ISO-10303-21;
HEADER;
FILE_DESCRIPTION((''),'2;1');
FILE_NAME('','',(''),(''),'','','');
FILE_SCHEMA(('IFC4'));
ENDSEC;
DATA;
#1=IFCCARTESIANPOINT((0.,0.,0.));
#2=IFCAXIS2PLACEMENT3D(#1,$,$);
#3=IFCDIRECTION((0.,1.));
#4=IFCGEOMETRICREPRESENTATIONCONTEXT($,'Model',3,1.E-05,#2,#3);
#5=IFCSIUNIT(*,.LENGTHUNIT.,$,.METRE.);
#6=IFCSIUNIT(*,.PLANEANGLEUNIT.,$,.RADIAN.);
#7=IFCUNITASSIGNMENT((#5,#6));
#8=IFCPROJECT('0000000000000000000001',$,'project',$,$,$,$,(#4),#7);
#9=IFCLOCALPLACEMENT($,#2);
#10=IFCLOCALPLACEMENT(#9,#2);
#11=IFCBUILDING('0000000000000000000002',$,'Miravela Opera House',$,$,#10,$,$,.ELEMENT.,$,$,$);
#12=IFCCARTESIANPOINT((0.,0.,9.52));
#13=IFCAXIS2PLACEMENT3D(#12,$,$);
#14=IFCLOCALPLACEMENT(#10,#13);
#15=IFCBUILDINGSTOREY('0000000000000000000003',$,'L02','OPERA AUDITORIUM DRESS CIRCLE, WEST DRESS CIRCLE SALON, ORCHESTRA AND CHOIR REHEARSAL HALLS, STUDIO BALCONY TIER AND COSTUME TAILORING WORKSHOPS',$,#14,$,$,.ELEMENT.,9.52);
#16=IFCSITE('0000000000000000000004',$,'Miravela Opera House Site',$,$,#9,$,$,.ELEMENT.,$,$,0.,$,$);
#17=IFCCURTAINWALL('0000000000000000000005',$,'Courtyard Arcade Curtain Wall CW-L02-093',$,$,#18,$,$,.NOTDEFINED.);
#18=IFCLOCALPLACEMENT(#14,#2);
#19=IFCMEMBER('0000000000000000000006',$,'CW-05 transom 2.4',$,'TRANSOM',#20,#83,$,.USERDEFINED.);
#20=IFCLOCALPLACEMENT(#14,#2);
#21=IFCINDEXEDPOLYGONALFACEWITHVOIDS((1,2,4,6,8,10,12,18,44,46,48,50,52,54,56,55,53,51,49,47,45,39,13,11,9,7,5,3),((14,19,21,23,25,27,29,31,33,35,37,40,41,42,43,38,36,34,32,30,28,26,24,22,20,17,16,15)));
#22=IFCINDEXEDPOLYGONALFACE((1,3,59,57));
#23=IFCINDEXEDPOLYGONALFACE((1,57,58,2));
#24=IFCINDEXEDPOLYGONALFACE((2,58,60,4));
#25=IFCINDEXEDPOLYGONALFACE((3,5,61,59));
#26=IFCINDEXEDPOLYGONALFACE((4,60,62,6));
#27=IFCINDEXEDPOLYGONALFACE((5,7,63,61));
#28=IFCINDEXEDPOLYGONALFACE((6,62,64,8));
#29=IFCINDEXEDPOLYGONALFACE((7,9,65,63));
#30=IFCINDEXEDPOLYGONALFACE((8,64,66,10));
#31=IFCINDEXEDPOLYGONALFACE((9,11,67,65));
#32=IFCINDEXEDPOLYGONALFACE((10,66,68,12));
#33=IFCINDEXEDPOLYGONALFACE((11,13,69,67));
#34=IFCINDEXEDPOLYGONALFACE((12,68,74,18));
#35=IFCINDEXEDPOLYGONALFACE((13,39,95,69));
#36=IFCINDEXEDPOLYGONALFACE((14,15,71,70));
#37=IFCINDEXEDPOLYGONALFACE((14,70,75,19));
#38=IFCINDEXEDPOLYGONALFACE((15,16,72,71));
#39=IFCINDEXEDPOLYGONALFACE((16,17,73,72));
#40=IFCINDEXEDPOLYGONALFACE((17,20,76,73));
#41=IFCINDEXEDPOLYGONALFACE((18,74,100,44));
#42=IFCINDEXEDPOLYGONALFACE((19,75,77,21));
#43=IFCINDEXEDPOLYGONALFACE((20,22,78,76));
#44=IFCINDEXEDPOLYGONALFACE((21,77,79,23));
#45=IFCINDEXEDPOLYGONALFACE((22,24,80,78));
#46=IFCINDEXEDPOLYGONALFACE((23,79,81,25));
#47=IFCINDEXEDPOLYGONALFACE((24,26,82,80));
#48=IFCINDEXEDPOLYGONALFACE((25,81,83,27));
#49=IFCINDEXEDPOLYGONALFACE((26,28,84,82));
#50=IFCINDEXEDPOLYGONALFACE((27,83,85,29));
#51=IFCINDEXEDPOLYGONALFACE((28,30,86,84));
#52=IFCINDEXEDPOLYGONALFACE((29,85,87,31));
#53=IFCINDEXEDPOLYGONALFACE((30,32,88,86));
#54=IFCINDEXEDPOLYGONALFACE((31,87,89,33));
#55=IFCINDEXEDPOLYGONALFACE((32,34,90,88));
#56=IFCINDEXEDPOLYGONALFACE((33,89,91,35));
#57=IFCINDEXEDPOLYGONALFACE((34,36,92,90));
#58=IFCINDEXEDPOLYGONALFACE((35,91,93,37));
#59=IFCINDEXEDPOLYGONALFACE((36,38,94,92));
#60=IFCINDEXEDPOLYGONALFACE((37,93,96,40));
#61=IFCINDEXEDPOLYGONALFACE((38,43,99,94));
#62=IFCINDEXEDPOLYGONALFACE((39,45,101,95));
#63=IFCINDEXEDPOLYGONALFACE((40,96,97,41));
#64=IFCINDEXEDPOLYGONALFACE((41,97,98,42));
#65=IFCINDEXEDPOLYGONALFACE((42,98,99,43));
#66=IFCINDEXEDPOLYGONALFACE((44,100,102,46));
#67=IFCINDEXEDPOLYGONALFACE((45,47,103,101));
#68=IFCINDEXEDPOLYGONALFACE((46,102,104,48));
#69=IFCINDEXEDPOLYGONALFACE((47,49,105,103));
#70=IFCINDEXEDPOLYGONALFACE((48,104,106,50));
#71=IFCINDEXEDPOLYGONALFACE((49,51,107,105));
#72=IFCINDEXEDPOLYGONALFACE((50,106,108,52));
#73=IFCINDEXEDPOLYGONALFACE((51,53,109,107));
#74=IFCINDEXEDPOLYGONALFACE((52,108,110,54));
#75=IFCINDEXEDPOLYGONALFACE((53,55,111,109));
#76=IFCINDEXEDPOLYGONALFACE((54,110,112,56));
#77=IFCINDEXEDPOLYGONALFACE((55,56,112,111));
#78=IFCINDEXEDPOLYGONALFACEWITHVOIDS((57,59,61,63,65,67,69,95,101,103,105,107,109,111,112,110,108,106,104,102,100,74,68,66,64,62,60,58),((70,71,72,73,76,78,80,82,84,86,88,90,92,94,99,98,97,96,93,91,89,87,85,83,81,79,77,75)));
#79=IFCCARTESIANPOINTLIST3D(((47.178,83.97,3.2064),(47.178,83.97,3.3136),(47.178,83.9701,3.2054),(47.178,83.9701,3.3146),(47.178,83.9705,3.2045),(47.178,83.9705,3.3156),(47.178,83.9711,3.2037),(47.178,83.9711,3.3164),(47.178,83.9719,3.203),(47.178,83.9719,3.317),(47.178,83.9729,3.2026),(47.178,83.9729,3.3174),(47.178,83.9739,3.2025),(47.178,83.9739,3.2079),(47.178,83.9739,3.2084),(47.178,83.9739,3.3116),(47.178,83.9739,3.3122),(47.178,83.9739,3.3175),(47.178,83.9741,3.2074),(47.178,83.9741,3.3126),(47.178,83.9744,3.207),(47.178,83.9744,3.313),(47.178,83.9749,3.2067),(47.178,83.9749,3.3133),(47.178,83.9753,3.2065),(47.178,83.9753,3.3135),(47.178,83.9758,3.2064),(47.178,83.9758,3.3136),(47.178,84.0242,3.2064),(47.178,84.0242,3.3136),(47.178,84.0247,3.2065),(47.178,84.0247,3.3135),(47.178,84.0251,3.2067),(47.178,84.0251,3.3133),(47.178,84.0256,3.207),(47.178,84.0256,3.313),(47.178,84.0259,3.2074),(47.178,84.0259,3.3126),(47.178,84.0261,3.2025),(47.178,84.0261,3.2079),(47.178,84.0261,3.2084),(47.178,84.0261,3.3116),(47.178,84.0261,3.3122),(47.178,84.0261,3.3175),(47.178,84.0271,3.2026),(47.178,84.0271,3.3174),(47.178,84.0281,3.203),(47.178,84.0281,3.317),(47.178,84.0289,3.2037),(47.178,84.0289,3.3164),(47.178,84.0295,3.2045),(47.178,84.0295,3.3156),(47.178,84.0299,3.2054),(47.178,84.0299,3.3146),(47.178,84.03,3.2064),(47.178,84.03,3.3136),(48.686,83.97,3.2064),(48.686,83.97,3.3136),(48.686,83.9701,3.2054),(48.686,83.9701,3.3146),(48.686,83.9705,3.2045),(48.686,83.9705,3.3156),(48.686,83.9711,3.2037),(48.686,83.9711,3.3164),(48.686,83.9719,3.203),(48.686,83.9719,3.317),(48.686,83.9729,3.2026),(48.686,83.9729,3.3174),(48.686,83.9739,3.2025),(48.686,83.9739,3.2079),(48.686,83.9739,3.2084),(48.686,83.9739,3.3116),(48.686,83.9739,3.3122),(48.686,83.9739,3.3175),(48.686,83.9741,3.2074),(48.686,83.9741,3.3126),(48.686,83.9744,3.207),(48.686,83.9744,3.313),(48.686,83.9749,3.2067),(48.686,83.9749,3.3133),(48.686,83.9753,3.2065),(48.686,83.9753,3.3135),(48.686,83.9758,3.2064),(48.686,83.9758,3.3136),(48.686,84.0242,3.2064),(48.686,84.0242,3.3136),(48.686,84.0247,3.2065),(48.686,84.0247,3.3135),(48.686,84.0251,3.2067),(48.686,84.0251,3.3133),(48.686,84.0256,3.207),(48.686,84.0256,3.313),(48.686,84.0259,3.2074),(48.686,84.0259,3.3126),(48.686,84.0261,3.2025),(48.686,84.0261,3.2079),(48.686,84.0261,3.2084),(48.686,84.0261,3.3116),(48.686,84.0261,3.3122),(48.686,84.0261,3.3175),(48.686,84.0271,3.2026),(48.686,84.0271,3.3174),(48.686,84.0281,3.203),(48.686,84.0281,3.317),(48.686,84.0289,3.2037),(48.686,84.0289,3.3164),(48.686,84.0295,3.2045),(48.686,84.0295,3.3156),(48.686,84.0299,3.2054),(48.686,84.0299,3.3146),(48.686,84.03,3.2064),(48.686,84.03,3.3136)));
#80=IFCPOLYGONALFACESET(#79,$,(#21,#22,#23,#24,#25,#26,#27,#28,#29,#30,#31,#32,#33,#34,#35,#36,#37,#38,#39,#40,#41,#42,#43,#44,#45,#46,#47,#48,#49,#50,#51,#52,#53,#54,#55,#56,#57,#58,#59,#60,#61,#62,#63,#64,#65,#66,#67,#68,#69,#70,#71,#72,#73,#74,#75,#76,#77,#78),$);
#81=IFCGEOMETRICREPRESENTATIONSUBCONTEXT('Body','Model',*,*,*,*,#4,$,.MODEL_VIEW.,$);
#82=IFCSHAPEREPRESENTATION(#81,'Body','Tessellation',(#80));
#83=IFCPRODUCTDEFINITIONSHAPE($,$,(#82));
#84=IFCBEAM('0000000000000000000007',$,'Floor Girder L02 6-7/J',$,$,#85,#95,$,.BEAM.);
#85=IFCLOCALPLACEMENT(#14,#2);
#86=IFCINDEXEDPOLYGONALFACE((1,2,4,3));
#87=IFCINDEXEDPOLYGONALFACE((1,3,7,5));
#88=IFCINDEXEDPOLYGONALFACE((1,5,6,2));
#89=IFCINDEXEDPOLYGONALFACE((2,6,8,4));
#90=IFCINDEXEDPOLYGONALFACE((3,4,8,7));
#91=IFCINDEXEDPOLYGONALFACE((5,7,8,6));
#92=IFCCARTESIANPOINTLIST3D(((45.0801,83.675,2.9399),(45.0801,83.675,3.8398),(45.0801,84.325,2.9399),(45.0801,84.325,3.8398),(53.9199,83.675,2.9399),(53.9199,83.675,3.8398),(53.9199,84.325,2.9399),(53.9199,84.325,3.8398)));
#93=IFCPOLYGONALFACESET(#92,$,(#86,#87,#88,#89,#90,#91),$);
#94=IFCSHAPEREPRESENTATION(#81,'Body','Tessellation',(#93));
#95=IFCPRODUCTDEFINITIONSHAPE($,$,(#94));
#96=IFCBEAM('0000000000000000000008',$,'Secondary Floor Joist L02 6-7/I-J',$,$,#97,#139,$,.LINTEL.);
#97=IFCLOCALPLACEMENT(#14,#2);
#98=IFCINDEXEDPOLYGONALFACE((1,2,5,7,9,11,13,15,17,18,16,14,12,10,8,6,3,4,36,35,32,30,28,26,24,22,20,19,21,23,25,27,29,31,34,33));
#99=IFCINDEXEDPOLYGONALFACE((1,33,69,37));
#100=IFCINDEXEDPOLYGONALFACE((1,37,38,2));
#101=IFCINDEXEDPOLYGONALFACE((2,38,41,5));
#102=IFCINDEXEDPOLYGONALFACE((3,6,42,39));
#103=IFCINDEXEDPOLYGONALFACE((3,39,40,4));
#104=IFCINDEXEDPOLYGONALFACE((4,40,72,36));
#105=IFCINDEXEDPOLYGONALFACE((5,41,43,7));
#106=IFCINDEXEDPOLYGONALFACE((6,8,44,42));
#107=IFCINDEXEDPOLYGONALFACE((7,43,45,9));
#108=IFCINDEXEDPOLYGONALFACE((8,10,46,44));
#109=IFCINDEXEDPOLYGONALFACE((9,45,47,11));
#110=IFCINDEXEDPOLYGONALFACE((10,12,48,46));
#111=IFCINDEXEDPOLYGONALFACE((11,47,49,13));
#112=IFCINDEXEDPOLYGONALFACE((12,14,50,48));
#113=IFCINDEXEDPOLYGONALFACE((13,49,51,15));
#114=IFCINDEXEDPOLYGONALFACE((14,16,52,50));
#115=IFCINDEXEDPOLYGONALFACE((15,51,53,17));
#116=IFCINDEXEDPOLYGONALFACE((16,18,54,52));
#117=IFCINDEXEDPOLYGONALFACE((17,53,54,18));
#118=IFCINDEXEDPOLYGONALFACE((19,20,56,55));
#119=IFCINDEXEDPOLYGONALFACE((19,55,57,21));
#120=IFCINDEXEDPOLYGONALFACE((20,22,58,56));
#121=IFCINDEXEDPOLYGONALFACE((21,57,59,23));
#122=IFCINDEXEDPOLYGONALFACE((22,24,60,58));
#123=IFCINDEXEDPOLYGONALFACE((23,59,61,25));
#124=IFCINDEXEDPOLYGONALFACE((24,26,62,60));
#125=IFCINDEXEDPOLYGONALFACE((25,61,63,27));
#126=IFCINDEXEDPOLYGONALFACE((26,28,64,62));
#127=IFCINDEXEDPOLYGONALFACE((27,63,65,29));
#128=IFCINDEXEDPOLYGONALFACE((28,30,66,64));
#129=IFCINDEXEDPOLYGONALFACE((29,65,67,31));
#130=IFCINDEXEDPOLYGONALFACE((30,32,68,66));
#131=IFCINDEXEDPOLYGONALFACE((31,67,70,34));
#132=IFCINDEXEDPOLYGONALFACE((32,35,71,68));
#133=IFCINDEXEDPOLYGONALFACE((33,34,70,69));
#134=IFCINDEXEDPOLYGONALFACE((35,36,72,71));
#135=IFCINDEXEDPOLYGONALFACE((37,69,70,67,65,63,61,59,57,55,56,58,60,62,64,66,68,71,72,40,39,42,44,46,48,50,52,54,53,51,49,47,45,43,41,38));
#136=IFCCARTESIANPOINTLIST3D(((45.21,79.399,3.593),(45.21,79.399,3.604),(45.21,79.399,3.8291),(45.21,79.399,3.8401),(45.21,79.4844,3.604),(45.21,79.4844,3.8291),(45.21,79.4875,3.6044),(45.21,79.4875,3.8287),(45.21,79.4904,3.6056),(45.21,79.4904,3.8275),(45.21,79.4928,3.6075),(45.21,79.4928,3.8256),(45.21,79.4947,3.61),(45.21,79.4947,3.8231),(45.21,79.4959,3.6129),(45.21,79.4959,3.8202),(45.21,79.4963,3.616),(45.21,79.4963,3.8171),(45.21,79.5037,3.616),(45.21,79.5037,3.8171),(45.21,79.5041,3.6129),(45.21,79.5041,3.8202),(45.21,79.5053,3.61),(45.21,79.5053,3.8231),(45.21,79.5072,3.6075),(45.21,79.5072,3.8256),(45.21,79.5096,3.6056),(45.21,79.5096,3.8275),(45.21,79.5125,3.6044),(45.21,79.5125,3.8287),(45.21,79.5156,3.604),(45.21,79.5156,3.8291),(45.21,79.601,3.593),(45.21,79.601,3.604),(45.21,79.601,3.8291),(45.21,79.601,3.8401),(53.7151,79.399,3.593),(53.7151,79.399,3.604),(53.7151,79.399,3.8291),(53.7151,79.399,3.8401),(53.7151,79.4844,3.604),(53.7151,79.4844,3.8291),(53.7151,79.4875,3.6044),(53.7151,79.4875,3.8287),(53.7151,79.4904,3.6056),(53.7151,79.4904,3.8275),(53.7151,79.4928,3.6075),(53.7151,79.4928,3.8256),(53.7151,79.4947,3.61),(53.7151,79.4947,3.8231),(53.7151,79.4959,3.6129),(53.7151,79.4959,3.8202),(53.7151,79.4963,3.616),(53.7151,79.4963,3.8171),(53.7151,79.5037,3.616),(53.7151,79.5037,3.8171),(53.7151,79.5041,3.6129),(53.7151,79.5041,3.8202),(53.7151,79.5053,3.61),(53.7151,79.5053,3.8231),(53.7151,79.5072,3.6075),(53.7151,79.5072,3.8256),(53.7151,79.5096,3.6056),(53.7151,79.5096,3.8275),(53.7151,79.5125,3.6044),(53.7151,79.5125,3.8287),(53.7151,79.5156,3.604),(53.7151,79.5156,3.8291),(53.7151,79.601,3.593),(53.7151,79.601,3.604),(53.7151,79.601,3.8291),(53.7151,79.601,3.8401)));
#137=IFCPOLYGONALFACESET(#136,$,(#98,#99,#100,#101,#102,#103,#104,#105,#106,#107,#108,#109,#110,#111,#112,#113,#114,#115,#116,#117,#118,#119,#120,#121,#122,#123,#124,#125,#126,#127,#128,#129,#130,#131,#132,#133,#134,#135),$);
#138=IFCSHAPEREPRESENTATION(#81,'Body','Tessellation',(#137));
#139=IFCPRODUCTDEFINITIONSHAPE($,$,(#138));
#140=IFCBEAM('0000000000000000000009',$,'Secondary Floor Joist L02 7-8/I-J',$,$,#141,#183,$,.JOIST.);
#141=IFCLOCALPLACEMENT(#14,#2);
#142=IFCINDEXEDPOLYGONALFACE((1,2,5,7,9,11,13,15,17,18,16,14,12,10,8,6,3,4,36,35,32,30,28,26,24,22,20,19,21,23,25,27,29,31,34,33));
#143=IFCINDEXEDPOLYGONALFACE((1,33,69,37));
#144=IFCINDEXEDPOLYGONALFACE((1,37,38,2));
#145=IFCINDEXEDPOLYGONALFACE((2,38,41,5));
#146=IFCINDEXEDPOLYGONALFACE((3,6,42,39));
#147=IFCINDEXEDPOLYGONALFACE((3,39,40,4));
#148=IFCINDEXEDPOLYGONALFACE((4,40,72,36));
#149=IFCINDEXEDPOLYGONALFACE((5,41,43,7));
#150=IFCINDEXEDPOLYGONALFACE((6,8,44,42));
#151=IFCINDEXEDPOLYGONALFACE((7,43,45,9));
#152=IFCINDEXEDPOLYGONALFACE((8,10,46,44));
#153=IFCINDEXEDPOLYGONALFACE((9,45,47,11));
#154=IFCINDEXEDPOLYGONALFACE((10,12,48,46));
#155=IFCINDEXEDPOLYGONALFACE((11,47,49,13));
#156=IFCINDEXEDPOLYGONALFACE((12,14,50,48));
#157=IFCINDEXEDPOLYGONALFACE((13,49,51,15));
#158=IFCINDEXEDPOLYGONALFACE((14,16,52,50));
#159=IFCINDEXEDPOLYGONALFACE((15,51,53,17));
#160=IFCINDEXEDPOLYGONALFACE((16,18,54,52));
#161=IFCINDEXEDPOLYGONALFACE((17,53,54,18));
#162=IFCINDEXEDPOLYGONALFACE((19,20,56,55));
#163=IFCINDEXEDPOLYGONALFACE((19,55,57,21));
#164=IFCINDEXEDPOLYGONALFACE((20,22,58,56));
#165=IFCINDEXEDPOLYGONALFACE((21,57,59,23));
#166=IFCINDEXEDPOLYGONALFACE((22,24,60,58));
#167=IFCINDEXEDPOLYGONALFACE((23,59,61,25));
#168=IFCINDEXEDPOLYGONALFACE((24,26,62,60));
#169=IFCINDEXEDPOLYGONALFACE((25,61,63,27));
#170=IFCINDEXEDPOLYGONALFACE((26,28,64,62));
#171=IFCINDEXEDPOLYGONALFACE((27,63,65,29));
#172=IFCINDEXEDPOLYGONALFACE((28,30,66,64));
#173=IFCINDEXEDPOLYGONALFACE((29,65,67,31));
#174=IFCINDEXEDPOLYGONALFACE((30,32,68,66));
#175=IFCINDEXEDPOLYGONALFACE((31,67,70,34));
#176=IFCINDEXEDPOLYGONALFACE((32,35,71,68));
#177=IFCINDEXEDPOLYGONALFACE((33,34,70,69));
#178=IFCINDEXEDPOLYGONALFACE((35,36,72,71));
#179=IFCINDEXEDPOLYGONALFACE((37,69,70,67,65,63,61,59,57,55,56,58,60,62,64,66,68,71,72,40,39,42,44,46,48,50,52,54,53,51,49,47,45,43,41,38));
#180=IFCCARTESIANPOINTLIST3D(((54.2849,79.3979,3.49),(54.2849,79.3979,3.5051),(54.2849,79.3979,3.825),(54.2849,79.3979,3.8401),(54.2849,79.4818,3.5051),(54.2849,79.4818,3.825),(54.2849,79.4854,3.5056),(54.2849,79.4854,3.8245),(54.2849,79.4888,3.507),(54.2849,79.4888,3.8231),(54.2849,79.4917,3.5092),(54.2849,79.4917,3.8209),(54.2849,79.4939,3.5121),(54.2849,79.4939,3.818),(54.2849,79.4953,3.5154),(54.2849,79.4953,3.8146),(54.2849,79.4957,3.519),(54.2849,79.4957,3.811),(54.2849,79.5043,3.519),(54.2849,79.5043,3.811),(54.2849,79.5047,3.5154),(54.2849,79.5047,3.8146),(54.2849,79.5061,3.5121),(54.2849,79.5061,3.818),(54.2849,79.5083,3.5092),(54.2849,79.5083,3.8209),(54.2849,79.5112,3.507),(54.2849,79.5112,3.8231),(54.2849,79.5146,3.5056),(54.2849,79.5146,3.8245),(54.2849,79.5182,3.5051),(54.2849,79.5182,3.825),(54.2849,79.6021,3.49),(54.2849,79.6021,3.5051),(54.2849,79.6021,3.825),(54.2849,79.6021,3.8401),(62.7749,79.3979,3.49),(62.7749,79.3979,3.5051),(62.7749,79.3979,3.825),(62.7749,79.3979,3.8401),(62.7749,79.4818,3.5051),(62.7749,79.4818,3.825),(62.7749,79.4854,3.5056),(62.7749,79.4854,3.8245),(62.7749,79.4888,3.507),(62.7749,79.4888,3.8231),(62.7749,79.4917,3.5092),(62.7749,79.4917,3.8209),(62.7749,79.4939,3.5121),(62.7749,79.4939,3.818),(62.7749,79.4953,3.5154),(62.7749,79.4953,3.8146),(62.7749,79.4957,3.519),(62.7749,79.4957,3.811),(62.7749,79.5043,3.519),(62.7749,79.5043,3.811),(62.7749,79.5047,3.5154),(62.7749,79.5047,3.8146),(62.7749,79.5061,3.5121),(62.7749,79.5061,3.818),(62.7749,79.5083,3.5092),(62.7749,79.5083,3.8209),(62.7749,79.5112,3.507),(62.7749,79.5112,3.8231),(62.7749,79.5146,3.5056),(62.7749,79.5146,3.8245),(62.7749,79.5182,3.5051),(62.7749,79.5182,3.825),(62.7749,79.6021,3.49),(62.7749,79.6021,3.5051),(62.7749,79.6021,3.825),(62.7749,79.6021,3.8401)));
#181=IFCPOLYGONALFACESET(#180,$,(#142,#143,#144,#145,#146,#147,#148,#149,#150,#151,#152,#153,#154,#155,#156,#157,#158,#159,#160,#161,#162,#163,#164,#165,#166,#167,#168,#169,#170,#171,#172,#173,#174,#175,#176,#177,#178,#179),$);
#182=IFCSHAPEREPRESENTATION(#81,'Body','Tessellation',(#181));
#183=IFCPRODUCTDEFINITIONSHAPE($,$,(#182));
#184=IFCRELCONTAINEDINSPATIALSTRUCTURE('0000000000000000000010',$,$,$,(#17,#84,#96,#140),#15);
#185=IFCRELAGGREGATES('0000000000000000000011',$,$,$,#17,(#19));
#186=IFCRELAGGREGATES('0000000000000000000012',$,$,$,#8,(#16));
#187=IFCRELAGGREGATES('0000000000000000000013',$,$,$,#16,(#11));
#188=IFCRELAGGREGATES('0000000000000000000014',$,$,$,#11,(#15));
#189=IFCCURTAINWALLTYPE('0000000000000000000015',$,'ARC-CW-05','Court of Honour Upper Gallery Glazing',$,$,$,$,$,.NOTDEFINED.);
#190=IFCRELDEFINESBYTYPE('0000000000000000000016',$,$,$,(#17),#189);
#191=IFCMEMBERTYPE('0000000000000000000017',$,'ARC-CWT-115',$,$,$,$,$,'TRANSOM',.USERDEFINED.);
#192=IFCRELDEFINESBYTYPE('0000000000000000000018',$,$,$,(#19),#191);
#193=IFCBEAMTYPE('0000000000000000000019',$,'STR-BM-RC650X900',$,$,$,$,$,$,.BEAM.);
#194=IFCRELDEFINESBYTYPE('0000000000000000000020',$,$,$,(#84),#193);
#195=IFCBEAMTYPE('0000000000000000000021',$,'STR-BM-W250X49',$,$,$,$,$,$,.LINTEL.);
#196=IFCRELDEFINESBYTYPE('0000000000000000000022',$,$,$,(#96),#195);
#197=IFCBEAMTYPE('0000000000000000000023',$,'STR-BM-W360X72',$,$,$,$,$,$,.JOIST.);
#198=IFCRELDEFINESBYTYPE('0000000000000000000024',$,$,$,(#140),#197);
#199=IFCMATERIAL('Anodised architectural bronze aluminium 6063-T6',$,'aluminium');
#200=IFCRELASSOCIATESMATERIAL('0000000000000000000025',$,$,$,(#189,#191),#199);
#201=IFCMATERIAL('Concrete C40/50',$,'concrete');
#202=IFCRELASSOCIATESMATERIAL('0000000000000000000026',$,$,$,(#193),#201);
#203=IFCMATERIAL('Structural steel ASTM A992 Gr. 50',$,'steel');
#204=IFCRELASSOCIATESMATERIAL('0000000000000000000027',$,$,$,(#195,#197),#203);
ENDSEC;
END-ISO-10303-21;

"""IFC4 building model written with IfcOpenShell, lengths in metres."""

from ifc_helpers import new_model, si_unit, direction, frame, origin, origin_2d, place, context, subcontext, project, spatial, rectangle, hollow_rectangle, i_section, extrude, material, material_profile, profile_set, type_object, element, aggregate, save


model = new_model("IFC4")

# Units and contexts
model_context = context("Model", 3, precision=1e-05, world=origin(), true_north=direction((0.0, 1.0)))
body_context = subcontext(model_context, "Body", "Model", "MODEL_VIEW")
ifc_project = project(units=[si_unit("LENGTHUNIT", "METRE"), si_unit("PLANEANGLEUNIT", "RADIAN")], contexts=[model_context])

# Site, building, storey
site_placement = place(None, origin())
site = spatial("IfcSite", under=ifc_project, at=site_placement, Name="Miravela Opera House Site", CompositionType="ELEMENT", RefElevation=0.0)
building_placement = place(site_placement, origin())
building = spatial("IfcBuilding", under=site, at=building_placement, Name="Miravela Opera House", CompositionType="ELEMENT")
storey_placement = place(building_placement, frame((0.0, 0.0, 9.52)))
storey = spatial("IfcBuildingStorey", under=building, at=storey_placement, Name="L02", Description="OPERA AUDITORIUM DRESS CIRCLE, WEST DRESS CIRCLE SALON, ORCHESTRA AND CHOIR REHEARSAL HALLS, STUDIO BALCONY TIER AND COSTUME TAILORING WORKSHOPS", CompositionType="ELEMENT", Elevation=9.52)

# Shared definitions
ifc_material_1 = material(Name="Anodised architectural bronze aluminium 6063-T6", Category="aluminium")
curtain_wall_type = type_object("IfcCurtainWallType", Name="ARC-CW-05", Description="Court of Honour Upper Gallery Glazing", PredefinedType="NOTDEFINED", material=ifc_material_1)

# Curtain wall, member
curtain_wall_1_placement = place(storey_placement, origin())
curtain_wall_1 = element("IfcCurtainWall", 1, at=curtain_wall_1_placement, inside=storey, type_object=curtain_wall_type, Name="Courtyard Arcade Curtain Wall CW-L02-093", PredefinedType="NOTDEFINED")
ifc_material_profile_1 = material_profile(ifc_material_1, hollow_rectangle(XDim=0.0601, YDim=0.115, WallThickness=0.0039, InnerFilletRadius=0.002, OuterFilletRadius=0.0039, at=origin_2d()), Name="CWT-60X115")
ifc_profile_set_1 = profile_set([ifc_material_profile_1])
member_type_1 = type_object("IfcMemberType", Name="ARC-CWT-115", ElementType="TRANSOM", PredefinedType="USERDEFINED", material=ifc_profile_set_1)
member_1_placement = place(storey_placement, frame((47.178, 84.0, 3.26), z_axis=(1.0, 0.0, 0.0), x_axis=(0.0, 1.0, 0.0)))
member_1 = element("IfcMember", 2, at=member_1_placement, type_object=member_type_1, Name="CW-05 transom 2.4", ObjectType="TRANSOM", PredefinedType="USERDEFINED", context=body_context, shape_type="SweptSolid", body=[
    extrude(hollow_rectangle(XDim=0.0601, YDim=0.115, WallThickness=0.0039, InnerFilletRadius=0.002, OuterFilletRadius=0.0039, at=origin_2d()), origin(), (0.0, 0.0, 1.0), 1.5081),
])

# Beams
ifc_material_2 = material(Name="Concrete C40/50", Category="concrete")
ifc_material_profile_2 = material_profile(ifc_material_2, rectangle(XDim=0.6499, YDim=0.8999, at=origin_2d()), Name="RC-BM-650X900")
ifc_profile_set_2 = profile_set([ifc_material_profile_2])
beam_type_1 = type_object("IfcBeamType", Name="STR-BM-RC650X900", PredefinedType="BEAM", material=ifc_profile_set_2)
beam_1_placement = place(storey_placement, frame((45.0801, 84.0, 3.3899), z_axis=(1.0, 0.0, 0.0), x_axis=(0.0, 1.0, 0.0)))
element("IfcBeam", 3, at=beam_1_placement, inside=storey, type_object=beam_type_1, Name="Floor Girder L02 6-7/J", PredefinedType="BEAM", context=body_context, shape_type="SweptSolid", body=[
    extrude(rectangle(XDim=0.6499, YDim=0.8999, at=origin_2d()), origin(), (0.0, 0.0, 1.0), 8.8398),
])
ifc_material_3 = material(Name="Structural steel ASTM A992 Gr. 50", Category="steel")
ifc_material_profile_3 = material_profile(ifc_material_3, i_section(OverallWidth=0.2019, OverallDepth=0.2471, WebThickness=0.0073, FlangeThickness=0.011, FilletRadius=0.012, at=origin_2d()), Name="W250X49")
ifc_profile_set_3 = profile_set([ifc_material_profile_3])
beam_type_2 = type_object("IfcBeamType", Name="STR-BM-W250X49", PredefinedType="LINTEL", material=ifc_profile_set_3)
beam_2_placement = place(storey_placement, frame((45.21, 79.5, 3.7166), z_axis=(1.0, 0.0, 0.0), x_axis=(0.0, 1.0, 0.0)))
element("IfcBeam", 4, at=beam_2_placement, inside=storey, type_object=beam_type_2, Name="Secondary Floor Joist L02 6-7/I-J", PredefinedType="LINTEL", context=body_context, shape_type="SweptSolid", body=[
    extrude(i_section(OverallWidth=0.2019, OverallDepth=0.2471, WebThickness=0.0073, FlangeThickness=0.011, FilletRadius=0.012, at=origin_2d()), origin(), (0.0, 0.0, 1.0), 8.5051),
])
ifc_material_profile_4 = material_profile(ifc_material_3, i_section(OverallWidth=0.2041, OverallDepth=0.3501, WebThickness=0.0085, FlangeThickness=0.0151, FilletRadius=0.0139, at=origin_2d()), Name="W360X72")
ifc_profile_set_4 = profile_set([ifc_material_profile_4])
beam_type_3 = type_object("IfcBeamType", Name="STR-BM-W360X72", PredefinedType="JOIST", material=ifc_profile_set_4)
beam_3_placement = place(storey_placement, frame((54.2849, 79.5, 3.665), z_axis=(1.0, 0.0, 0.0), x_axis=(0.0, 1.0, 0.0)))
element("IfcBeam", 5, at=beam_3_placement, inside=storey, type_object=beam_type_3, Name="Secondary Floor Joist L02 7-8/I-J", PredefinedType="JOIST", context=body_context, shape_type="SweptSolid", body=[
    extrude(i_section(OverallWidth=0.2041, OverallDepth=0.3501, WebThickness=0.0085, FlangeThickness=0.0151, FilletRadius=0.0139, at=origin_2d()), origin(), (0.0, 0.0, 1.0), 8.49),
])

aggregate(curtain_wall_1, [member_1])

save(model, "model.ifc")
